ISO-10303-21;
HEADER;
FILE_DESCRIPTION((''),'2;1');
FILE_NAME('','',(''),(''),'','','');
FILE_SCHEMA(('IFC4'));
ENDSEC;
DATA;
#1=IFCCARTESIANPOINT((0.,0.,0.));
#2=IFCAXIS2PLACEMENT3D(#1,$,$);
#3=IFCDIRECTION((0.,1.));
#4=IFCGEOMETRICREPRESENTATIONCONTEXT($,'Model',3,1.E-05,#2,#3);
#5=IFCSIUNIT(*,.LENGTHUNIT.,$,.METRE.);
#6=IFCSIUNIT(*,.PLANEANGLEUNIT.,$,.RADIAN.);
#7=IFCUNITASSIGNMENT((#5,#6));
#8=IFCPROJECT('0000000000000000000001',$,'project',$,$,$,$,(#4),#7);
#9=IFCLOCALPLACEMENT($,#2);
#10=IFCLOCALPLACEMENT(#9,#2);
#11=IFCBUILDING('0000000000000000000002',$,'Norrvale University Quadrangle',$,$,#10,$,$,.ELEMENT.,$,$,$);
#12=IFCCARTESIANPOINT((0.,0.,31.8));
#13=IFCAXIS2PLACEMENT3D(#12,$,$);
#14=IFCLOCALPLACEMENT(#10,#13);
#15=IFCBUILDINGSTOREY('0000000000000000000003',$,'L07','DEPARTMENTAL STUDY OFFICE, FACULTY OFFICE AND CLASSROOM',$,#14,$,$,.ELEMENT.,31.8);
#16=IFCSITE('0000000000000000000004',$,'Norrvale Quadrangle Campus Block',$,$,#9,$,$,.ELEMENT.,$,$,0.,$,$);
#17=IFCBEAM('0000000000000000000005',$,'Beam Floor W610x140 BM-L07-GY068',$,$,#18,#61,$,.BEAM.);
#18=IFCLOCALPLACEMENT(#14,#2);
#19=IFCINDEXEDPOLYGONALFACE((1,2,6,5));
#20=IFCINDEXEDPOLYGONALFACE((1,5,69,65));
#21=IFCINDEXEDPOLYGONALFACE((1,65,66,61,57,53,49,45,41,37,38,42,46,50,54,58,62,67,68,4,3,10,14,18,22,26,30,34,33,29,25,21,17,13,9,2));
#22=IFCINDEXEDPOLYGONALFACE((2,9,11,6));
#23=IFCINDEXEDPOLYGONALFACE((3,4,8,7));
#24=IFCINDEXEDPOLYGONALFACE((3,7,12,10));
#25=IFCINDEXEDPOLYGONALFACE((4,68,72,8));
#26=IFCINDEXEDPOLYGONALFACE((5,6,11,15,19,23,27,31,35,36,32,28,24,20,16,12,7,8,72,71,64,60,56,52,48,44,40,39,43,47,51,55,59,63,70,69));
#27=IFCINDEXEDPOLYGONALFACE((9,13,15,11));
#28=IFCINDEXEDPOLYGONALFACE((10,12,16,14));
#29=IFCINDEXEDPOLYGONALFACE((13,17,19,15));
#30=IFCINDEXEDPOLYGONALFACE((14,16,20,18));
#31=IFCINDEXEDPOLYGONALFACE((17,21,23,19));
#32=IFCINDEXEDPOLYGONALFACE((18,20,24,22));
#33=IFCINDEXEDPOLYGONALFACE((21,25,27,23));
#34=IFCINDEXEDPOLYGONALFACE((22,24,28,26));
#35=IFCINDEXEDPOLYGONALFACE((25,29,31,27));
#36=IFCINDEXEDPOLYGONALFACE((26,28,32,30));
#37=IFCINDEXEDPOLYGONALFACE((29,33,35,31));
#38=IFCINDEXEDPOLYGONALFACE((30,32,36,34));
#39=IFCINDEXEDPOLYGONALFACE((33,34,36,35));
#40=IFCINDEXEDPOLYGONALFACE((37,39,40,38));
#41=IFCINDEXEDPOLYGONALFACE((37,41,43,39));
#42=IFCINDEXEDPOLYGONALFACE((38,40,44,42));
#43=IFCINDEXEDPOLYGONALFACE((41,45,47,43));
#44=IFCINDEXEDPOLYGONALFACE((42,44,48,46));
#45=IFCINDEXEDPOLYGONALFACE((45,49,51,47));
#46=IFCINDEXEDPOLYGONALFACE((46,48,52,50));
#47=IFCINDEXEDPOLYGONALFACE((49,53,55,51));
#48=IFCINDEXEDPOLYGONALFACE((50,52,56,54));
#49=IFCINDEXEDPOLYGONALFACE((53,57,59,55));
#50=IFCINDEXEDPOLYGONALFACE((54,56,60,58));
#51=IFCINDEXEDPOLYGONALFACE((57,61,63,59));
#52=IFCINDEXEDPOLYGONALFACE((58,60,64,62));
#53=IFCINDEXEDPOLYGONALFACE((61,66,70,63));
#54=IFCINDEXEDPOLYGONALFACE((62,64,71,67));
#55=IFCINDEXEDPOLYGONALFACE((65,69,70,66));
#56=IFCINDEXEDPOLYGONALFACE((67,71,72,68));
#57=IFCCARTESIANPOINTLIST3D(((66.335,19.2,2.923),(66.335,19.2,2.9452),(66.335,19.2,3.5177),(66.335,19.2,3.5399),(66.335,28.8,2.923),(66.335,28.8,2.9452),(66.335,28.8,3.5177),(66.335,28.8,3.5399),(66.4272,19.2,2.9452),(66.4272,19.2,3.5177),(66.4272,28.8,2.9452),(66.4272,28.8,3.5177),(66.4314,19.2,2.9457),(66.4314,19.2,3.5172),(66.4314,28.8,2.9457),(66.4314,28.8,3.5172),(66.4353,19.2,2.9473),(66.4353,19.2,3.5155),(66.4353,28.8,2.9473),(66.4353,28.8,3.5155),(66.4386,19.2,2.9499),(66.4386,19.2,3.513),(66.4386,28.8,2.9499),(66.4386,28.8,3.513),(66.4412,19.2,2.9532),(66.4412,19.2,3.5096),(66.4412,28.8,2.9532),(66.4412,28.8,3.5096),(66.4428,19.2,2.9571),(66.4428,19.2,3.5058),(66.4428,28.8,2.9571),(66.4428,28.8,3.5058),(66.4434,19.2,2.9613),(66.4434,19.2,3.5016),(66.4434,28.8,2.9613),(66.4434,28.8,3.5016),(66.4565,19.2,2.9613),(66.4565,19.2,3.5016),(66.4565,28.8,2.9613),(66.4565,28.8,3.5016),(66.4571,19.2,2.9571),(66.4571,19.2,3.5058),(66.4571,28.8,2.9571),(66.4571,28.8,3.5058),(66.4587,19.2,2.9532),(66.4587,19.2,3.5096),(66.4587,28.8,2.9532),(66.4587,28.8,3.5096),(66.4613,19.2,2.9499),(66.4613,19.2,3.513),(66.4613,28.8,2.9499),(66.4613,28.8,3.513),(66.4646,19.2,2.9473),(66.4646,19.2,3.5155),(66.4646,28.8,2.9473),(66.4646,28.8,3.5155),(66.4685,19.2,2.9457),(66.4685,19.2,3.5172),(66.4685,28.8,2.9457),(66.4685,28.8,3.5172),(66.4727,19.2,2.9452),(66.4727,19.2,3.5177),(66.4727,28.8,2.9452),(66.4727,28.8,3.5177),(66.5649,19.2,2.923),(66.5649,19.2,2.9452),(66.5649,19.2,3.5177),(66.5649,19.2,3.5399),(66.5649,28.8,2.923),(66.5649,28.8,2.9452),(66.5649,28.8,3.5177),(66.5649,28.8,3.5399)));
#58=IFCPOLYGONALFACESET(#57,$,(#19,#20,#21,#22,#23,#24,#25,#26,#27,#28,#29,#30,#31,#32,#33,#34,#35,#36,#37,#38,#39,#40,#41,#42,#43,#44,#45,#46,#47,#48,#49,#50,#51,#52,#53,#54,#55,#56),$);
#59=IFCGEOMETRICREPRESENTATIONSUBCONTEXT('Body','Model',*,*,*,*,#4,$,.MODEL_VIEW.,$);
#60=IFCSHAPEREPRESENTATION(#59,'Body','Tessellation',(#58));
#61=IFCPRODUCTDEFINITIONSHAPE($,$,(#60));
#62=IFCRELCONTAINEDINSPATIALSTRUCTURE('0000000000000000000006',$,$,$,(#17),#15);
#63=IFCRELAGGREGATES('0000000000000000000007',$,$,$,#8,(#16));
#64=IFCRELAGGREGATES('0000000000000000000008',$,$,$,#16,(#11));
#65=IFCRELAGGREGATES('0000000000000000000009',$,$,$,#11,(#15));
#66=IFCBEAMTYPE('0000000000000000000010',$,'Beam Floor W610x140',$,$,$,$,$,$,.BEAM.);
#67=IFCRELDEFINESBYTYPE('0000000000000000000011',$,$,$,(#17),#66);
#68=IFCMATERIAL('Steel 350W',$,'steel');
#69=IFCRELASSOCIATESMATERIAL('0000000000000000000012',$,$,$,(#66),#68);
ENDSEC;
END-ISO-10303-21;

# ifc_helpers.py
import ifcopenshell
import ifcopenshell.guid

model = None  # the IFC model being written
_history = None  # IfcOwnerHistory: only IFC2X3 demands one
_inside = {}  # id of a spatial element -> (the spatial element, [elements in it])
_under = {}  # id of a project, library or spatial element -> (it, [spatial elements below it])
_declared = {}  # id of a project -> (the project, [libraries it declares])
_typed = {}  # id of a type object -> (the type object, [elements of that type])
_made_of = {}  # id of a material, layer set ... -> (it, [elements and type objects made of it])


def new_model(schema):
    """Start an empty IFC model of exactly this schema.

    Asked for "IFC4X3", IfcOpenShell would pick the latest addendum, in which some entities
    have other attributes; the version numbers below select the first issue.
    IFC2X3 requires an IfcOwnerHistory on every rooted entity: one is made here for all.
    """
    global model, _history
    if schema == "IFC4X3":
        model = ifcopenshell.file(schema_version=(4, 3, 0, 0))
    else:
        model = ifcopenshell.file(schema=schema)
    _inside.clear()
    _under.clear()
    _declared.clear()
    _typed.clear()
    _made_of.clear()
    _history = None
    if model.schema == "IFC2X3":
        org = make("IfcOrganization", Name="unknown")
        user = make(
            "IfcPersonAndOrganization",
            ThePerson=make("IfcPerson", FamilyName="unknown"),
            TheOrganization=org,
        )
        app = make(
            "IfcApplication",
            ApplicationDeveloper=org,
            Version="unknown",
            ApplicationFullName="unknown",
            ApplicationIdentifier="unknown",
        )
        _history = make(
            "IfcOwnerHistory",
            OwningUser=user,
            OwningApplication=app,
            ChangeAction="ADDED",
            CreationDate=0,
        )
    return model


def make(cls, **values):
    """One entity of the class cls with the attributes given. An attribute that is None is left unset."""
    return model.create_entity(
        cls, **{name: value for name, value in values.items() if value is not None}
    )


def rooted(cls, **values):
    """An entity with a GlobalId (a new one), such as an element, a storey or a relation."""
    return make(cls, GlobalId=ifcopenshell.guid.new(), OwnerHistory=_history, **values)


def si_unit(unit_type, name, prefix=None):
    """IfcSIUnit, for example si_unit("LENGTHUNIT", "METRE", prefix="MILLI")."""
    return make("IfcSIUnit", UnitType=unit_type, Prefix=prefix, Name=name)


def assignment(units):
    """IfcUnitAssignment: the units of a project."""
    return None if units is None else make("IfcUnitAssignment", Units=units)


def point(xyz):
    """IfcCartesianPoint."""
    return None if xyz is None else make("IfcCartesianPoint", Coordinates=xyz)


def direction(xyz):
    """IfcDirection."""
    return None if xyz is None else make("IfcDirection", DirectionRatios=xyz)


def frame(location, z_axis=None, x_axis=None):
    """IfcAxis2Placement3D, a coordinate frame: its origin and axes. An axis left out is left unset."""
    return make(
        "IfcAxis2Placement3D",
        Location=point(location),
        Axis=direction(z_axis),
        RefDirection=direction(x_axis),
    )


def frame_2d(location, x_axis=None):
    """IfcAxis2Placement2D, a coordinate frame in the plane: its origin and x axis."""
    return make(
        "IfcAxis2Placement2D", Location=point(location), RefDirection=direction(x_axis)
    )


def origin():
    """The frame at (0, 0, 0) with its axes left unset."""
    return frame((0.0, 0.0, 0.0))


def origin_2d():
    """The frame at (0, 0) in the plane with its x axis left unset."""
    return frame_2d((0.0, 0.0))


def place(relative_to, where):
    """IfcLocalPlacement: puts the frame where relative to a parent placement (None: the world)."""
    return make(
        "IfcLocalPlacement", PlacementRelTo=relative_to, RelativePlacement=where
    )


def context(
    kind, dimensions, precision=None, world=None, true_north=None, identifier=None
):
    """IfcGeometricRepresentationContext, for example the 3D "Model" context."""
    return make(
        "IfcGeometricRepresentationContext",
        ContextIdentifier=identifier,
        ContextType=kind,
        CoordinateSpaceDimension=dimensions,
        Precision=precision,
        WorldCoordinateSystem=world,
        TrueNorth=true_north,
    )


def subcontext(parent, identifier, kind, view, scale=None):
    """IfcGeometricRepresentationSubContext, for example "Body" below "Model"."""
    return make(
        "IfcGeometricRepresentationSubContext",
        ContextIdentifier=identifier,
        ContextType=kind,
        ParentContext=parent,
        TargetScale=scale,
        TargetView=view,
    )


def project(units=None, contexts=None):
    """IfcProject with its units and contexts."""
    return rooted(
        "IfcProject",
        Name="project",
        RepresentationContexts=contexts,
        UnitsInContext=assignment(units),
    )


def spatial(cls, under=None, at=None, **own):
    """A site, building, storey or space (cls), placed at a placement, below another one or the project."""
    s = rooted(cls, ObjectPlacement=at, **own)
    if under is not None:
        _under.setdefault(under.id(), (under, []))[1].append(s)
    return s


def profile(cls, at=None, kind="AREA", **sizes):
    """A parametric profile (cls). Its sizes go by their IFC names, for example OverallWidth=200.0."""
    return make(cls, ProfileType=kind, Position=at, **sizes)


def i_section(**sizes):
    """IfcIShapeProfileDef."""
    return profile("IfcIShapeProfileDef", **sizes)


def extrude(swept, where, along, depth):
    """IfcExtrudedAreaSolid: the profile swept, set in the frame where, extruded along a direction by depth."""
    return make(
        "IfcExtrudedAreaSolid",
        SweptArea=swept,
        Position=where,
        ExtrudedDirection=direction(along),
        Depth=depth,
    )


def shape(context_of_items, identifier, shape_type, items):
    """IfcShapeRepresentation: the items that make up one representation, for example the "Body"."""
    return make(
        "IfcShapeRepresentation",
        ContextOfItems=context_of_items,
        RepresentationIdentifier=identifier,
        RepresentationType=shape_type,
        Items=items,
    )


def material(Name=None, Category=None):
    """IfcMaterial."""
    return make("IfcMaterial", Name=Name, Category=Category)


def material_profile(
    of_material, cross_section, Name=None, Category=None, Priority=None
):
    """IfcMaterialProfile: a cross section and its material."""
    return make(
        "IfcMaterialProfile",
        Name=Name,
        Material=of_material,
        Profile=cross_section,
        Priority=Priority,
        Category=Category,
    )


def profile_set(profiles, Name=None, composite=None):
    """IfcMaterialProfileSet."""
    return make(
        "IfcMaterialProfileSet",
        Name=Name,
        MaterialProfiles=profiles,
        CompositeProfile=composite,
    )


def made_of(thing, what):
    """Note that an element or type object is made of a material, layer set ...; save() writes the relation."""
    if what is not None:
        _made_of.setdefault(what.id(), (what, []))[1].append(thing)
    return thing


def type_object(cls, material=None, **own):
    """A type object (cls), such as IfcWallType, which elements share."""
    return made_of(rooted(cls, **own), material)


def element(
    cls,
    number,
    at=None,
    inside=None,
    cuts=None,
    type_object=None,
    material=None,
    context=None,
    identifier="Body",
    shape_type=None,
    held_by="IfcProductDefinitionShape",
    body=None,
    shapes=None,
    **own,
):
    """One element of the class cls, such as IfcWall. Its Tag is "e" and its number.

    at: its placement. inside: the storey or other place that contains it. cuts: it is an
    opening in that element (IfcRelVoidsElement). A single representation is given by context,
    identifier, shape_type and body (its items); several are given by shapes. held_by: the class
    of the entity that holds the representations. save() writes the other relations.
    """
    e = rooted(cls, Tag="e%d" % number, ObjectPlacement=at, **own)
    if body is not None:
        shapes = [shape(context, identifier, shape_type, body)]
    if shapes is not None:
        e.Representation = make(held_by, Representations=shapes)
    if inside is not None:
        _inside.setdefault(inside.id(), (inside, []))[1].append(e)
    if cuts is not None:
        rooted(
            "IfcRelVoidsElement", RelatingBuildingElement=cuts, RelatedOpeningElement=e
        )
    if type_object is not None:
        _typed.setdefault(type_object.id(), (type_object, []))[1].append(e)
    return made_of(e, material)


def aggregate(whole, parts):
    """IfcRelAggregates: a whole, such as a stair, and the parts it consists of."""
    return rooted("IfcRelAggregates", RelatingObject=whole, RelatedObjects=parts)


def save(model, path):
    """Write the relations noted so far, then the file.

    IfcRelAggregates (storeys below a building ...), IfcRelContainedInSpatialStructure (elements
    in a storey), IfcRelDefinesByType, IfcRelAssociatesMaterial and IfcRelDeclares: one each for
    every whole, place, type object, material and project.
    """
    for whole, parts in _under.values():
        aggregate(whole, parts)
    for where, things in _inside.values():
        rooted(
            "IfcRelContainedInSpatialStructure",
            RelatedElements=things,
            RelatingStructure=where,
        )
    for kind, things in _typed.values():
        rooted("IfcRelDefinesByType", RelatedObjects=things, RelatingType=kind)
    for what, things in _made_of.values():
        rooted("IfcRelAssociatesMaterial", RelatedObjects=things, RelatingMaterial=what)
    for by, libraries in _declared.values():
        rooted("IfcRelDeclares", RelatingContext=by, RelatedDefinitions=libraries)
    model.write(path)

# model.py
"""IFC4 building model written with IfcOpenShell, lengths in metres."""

from ifc_helpers import new_model, si_unit, direction, frame, origin, origin_2d, place, context, subcontext, project, spatial, i_section, extrude, material, material_profile, profile_set, type_object, element, save


model = new_model("IFC4")

# Units and contexts
model_context = context("Model", 3, precision=1e-05, world=origin(), true_north=direction((0.0, 1.0)))
body_context = subcontext(model_context, "Body", "Model", "MODEL_VIEW")
ifc_project = project(units=[si_unit("LENGTHUNIT", "METRE"), si_unit("PLANEANGLEUNIT", "RADIAN")], contexts=[model_context])

# Site, building, storey
site_placement = place(None, origin())
site = spatial("IfcSite", under=ifc_project, at=site_placement, Name="Norrvale Quadrangle Campus Block", CompositionType="ELEMENT", RefElevation=0.0)
building_placement = place(site_placement, origin())
building = spatial("IfcBuilding", under=site, at=building_placement, Name="Norrvale University Quadrangle", CompositionType="ELEMENT")
storey_placement = place(building_placement, frame((0.0, 0.0, 31.8)))
storey = spatial("IfcBuildingStorey", under=building, at=storey_placement, Name="L07", Description="DEPARTMENTAL STUDY OFFICE, FACULTY OFFICE AND CLASSROOM", CompositionType="ELEMENT", Elevation=31.8)

# Beam
ifc_material_1 = material(Name="Steel 350W", Category="steel")
ifc_material_profile_1 = material_profile(ifc_material_1, i_section(OverallWidth=0.23, OverallDepth=0.6169, WebThickness=0.0132, FlangeThickness=0.0222, FilletRadius=0.0161, at=origin_2d()), Name="Steel 350W")
ifc_profile_set_1 = profile_set([ifc_material_profile_1], Name="Steel 350W")
beam_type_1 = type_object("IfcBeamType", Name="Beam Floor W610x140", PredefinedType="BEAM", material=ifc_profile_set_1)
beam_1_placement = place(storey_placement, frame((66.45, 19.2, 3.2314), z_axis=(0.0, 1.0, 0.0), x_axis=(-1.0, 0.0, 0.0)))
element("IfcBeam", 1, at=beam_1_placement, inside=storey, type_object=beam_type_1, Name="Beam Floor W610x140 BM-L07-GY068", PredefinedType="BEAM", context=body_context, shape_type="SweptSolid", body=[
    extrude(i_section(OverallWidth=0.23, OverallDepth=0.6169, WebThickness=0.0132, FlangeThickness=0.0222, FilletRadius=0.0161, at=origin_2d()), origin(), (0.0, 0.0, 1.0), 9.6001),
])

save(model, "model.ifc")
